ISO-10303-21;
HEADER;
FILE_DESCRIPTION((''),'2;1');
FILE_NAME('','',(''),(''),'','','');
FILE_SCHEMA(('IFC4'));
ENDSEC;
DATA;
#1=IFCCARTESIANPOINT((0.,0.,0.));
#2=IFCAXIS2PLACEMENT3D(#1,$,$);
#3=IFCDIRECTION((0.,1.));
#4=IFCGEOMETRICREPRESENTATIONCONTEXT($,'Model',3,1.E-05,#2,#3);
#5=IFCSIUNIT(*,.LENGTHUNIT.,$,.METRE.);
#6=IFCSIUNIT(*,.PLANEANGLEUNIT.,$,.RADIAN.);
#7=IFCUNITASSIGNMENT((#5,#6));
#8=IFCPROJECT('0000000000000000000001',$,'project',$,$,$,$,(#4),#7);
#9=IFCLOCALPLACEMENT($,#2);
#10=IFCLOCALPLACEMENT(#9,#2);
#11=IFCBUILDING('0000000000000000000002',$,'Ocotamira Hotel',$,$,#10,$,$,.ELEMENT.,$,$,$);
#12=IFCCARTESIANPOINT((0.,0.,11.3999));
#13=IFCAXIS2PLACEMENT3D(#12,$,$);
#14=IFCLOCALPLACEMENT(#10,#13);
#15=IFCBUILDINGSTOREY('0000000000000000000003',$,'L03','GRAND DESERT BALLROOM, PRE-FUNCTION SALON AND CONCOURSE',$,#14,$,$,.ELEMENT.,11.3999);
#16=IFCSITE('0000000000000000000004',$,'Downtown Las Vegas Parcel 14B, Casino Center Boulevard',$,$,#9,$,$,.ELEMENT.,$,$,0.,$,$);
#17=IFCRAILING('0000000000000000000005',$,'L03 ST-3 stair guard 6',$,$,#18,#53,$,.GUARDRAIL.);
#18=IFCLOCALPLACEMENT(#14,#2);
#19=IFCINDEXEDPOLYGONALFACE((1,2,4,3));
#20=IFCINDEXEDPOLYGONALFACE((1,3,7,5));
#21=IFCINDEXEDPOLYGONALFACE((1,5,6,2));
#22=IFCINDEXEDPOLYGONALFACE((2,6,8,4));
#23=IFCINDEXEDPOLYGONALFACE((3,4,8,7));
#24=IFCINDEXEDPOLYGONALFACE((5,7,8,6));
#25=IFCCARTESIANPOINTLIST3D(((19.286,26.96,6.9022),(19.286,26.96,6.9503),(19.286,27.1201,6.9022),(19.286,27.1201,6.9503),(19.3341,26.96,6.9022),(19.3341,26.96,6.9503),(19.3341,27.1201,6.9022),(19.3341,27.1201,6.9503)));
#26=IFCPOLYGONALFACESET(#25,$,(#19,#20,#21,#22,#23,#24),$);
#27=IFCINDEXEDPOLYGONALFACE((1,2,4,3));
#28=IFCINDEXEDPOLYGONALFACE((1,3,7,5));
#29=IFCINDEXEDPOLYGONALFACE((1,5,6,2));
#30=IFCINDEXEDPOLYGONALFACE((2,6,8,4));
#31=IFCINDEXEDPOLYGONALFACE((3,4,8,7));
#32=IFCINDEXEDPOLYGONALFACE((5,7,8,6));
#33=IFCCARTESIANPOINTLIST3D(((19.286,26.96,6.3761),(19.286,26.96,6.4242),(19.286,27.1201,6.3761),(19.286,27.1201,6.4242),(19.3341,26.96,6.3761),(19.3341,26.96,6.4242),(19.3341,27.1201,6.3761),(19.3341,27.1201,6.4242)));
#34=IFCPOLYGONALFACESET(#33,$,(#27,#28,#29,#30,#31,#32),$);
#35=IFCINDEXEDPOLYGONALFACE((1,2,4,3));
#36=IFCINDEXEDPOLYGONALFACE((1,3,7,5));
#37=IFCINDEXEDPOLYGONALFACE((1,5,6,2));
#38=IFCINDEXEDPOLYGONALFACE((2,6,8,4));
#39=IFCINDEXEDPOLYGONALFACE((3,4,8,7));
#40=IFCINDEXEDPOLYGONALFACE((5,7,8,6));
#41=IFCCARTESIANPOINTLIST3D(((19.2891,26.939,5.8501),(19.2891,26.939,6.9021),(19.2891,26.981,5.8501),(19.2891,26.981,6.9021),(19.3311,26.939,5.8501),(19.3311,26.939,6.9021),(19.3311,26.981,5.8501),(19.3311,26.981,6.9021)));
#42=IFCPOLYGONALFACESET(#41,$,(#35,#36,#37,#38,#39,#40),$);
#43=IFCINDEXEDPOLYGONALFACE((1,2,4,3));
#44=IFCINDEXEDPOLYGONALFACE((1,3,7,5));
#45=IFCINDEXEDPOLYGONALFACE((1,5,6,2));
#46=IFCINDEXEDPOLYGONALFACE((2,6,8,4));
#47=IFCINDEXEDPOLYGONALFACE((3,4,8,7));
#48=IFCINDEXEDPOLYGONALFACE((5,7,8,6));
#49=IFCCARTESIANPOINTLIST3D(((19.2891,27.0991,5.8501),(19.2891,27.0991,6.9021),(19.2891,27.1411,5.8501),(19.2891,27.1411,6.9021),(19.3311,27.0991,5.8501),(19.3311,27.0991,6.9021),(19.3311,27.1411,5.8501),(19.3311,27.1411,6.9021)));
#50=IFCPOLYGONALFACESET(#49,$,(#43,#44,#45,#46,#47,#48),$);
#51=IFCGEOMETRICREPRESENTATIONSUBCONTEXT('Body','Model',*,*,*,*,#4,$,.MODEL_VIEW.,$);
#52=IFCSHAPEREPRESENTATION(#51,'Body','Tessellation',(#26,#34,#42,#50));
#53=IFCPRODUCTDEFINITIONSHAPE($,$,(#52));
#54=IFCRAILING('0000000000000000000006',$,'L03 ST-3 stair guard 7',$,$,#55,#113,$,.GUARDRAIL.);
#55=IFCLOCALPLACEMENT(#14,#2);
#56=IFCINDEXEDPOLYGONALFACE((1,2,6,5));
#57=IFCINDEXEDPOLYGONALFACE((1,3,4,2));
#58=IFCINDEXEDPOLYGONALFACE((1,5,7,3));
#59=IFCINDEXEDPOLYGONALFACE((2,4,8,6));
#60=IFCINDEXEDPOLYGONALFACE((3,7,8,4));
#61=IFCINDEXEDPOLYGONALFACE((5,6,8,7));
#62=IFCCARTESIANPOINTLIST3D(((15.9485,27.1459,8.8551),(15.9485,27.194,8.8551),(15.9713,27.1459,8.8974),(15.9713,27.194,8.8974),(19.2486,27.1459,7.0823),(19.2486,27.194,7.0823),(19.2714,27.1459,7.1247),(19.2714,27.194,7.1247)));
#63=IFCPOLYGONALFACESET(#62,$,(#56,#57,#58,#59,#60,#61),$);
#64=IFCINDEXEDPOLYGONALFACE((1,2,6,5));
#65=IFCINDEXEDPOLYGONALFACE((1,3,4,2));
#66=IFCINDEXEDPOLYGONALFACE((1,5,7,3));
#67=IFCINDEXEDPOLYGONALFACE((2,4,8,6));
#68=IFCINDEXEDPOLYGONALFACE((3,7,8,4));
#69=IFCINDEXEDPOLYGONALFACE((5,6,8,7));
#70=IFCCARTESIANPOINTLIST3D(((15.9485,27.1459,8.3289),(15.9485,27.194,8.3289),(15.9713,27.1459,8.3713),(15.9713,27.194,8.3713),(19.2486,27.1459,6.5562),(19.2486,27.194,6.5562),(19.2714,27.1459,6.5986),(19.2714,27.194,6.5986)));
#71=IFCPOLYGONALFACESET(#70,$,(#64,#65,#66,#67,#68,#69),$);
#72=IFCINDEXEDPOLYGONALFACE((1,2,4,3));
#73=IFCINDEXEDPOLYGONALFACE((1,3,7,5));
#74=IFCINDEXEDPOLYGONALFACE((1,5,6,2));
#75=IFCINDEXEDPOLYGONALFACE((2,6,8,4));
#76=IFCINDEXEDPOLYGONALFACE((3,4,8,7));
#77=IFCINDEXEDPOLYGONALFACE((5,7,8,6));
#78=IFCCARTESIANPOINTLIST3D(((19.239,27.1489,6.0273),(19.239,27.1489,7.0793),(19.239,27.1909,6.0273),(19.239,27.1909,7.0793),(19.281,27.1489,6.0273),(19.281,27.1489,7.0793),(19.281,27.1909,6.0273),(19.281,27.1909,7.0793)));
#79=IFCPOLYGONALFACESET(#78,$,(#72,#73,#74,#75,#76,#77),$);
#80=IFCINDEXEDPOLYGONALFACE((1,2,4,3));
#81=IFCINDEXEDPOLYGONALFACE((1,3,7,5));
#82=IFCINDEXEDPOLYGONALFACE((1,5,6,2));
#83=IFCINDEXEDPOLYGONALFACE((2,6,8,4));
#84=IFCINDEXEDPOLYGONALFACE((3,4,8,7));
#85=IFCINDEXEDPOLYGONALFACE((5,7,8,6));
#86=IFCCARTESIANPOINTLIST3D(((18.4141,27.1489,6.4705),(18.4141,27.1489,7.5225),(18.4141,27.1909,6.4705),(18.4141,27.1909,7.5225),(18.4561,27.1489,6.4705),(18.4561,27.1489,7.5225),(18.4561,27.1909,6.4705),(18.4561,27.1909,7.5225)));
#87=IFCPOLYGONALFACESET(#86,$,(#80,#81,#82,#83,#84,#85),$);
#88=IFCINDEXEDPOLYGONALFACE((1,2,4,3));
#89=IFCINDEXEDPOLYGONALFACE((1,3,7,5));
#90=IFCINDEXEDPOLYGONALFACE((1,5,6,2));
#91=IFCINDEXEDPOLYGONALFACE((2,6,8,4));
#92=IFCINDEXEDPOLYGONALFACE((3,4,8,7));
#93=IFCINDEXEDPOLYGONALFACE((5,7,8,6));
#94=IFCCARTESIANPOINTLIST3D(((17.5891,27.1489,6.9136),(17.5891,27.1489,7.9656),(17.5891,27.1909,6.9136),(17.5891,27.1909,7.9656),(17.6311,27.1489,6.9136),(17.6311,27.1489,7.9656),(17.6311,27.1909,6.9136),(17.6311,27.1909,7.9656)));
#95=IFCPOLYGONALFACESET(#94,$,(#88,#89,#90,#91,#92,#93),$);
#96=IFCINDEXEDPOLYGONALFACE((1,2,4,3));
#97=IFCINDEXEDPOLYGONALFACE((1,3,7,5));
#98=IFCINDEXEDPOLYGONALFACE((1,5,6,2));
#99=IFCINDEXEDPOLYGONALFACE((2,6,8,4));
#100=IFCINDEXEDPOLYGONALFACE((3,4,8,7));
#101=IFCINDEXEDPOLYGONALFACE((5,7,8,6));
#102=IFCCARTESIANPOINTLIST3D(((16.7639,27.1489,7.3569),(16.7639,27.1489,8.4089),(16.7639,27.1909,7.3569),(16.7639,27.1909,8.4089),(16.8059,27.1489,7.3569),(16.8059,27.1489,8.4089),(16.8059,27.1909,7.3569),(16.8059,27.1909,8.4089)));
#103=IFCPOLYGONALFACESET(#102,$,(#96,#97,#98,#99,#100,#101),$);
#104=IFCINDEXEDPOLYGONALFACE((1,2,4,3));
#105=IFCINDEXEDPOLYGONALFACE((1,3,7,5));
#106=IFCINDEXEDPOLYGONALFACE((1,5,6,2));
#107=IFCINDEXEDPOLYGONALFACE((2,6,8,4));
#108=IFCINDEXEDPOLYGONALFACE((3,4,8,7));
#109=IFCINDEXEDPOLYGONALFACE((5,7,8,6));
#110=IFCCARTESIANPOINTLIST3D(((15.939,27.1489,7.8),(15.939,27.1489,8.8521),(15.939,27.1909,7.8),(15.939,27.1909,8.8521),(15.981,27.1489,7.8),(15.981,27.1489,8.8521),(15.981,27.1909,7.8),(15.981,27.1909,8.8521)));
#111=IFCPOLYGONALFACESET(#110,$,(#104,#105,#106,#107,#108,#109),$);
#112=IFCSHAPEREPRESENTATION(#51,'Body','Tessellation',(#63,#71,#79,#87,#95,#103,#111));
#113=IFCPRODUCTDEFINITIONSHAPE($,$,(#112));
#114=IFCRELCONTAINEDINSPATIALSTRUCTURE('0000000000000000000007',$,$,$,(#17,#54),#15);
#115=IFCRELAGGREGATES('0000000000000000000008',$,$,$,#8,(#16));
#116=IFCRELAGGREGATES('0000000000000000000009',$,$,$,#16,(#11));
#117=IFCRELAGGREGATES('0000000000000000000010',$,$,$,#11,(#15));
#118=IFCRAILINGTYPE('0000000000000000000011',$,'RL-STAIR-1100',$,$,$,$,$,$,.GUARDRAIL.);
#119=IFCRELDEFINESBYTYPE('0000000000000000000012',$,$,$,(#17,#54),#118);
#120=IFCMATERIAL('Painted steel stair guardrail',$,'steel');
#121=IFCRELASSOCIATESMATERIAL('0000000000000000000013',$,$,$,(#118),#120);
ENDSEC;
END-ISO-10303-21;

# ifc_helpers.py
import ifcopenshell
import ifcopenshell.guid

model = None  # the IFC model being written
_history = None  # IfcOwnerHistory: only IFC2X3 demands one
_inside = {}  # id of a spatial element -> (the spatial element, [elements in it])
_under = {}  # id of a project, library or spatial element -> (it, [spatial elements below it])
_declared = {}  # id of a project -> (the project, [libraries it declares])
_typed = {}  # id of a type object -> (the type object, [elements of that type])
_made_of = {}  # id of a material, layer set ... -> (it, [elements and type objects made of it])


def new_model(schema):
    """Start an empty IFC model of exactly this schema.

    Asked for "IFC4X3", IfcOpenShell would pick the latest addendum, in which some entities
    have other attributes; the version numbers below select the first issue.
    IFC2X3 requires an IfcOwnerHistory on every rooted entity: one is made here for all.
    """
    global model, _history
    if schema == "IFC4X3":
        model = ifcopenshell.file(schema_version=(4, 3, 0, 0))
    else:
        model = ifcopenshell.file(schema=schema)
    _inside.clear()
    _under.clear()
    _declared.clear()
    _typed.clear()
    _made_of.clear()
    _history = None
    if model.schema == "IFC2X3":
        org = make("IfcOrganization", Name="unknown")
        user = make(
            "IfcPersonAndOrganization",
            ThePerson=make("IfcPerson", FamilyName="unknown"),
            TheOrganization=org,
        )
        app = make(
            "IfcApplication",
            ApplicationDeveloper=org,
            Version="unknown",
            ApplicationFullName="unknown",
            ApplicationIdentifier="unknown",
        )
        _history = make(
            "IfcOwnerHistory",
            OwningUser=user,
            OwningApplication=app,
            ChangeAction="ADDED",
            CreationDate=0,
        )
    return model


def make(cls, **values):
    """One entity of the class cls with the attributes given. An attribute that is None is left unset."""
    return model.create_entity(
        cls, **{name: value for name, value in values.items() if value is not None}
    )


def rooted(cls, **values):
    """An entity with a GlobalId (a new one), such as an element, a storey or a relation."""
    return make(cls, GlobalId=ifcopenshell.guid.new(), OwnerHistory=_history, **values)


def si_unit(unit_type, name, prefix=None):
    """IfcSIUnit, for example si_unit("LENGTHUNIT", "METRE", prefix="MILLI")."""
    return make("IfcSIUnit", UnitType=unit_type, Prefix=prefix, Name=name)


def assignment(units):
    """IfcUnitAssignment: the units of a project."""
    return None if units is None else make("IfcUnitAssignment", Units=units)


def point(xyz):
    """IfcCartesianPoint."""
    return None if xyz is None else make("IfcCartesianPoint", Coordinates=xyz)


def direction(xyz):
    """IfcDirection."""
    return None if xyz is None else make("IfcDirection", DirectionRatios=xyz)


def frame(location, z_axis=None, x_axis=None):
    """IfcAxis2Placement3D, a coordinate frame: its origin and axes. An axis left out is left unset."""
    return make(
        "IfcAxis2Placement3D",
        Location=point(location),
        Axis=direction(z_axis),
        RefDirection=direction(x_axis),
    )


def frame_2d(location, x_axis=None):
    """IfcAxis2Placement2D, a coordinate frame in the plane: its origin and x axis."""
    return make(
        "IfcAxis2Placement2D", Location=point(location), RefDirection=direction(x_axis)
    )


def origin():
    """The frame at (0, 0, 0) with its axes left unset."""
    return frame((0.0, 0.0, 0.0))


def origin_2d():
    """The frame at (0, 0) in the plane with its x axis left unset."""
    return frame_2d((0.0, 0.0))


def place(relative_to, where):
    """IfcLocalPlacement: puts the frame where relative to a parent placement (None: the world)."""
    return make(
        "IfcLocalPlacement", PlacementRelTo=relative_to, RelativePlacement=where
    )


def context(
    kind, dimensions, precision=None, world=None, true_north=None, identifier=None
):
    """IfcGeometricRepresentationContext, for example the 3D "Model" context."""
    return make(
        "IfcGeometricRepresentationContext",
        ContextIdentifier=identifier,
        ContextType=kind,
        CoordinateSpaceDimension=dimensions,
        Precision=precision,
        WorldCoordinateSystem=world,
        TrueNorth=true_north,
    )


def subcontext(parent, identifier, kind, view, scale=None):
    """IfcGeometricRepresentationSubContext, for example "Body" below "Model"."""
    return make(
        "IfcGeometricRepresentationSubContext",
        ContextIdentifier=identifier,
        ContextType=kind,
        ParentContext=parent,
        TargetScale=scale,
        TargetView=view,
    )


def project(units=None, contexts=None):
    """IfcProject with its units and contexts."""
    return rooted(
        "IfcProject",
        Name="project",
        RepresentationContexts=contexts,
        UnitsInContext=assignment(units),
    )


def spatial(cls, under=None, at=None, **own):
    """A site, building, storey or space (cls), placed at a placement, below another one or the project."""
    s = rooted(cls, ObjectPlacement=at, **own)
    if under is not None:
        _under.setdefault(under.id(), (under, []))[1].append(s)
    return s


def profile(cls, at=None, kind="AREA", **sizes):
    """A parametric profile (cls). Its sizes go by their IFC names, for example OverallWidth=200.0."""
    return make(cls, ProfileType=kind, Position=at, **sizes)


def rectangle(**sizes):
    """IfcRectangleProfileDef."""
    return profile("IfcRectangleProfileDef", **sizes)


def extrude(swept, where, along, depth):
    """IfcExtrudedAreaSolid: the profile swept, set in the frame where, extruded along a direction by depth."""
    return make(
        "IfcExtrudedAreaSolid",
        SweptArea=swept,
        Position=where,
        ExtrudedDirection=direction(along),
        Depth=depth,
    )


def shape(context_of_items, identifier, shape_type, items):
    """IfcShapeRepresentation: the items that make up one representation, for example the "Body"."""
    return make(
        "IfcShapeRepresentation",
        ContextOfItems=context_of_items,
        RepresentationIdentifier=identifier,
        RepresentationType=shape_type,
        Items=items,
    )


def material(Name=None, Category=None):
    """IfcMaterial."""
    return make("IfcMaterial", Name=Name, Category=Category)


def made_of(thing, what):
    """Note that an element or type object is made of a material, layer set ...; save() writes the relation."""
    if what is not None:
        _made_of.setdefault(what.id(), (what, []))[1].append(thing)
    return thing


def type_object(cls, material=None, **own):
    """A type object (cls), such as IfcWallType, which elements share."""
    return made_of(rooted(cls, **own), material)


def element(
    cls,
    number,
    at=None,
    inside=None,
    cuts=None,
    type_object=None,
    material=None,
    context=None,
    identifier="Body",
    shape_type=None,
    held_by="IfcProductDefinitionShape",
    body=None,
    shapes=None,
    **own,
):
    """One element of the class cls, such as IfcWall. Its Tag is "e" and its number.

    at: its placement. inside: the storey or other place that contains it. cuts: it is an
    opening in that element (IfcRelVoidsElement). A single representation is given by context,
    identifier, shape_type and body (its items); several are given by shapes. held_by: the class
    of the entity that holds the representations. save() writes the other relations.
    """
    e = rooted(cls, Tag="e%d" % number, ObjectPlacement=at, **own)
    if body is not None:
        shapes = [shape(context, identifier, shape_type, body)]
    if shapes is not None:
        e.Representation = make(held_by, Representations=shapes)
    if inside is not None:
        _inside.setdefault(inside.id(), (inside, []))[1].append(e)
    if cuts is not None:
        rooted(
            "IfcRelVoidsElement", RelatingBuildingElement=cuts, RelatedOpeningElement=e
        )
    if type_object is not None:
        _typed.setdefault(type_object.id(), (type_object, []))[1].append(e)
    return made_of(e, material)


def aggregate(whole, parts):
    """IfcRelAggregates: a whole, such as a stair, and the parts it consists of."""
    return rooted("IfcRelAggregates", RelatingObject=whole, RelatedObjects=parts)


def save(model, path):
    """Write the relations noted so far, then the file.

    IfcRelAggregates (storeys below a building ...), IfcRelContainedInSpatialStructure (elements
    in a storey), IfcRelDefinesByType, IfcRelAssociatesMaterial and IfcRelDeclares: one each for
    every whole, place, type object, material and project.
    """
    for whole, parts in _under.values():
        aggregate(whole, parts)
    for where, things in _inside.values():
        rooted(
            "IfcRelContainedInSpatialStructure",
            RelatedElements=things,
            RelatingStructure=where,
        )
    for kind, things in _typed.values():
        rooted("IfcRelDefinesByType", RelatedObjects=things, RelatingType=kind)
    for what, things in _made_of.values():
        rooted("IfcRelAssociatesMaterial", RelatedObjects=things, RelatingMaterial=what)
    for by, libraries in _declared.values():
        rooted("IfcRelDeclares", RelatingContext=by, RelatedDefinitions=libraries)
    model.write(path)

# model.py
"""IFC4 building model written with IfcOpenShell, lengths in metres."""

from ifc_helpers import new_model, si_unit, direction, frame, origin, origin_2d, place, context, subcontext, project, spatial, rectangle, extrude, material, type_object, element, save


model = new_model("IFC4")

# Units and contexts
model_context = context("Model", 3, precision=1e-05, world=origin(), true_north=direction((0.0, 1.0)))
body_context = subcontext(model_context, "Body", "Model", "MODEL_VIEW")
ifc_project = project(units=[si_unit("LENGTHUNIT", "METRE"), si_unit("PLANEANGLEUNIT", "RADIAN")], contexts=[model_context])

# Site, building, storey
site_placement = place(None, origin())
site = spatial("IfcSite", under=ifc_project, at=site_placement, Name="Downtown Las Vegas Parcel 14B, Casino Center Boulevard", CompositionType="ELEMENT", RefElevation=0.0)
building_placement = place(site_placement, origin())
building = spatial("IfcBuilding", under=site, at=building_placement, Name="Ocotamira Hotel", CompositionType="ELEMENT")
storey_placement = place(building_placement, frame((0.0, 0.0, 11.3999)))
storey = spatial("IfcBuildingStorey", under=building, at=storey_placement, Name="L03", Description="GRAND DESERT BALLROOM, PRE-FUNCTION SALON AND CONCOURSE", CompositionType="ELEMENT", Elevation=11.3999)

# Railings
ifc_material_1 = material(Name="Painted steel stair guardrail", Category="steel")
railing_type_1 = type_object("IfcRailingType", Name="RL-STAIR-1100", PredefinedType="GUARDRAIL", material=ifc_material_1)
railing_1_placement = place(storey_placement, frame((19.3101, 26.96, 5.8501)))
element("IfcRailing", 1, at=railing_1_placement, inside=storey, type_object=railing_type_1, Name="L03 ST-3 stair guard 6", PredefinedType="GUARDRAIL", context=body_context, shape_type="SweptSolid", body=[
    extrude(rectangle(XDim=0.0481, YDim=0.0481, at=origin_2d()), frame((0.0, 0.0, 1.0762), z_axis=(0.0, 1.0, 0.0), x_axis=(-1.0, 0.0, 0.0)), (0.0, 0.0, 1.0), 0.1602),
    extrude(rectangle(XDim=0.0481, YDim=0.0481, at=origin_2d()), frame((0.0, 0.0, 0.55), z_axis=(0.0, 1.0, 0.0), x_axis=(-1.0, 0.0, 0.0)), (0.0, 0.0, 1.0), 0.1602),
    extrude(rectangle(XDim=0.042, YDim=0.042, at=origin_2d()), origin(), (0.0, 0.0, 1.0), 1.052),
    extrude(rectangle(XDim=0.042, YDim=0.042, at=origin_2d()), frame((0.0, 0.1602, 0.0)), (0.0, 0.0, 1.0), 1.052),
])
railing_2_placement = place(storey_placement, frame((19.26, 27.1699, 6.0273)))
element("IfcRailing", 2, at=railing_2_placement, inside=storey, type_object=railing_type_1, Name="L03 ST-3 stair guard 7", PredefinedType="GUARDRAIL", context=body_context, shape_type="SweptSolid", body=[
    extrude(rectangle(XDim=0.0481, YDim=0.0481, at=origin_2d()), frame((0.0, 0.0, 1.0762), z_axis=(-0.880944, 0.0, 0.473221), x_axis=(0.0, -1.0, 0.0)), (0.0, 0.0, 1.0), 3.7461),
    extrude(rectangle(XDim=0.0481, YDim=0.0481, at=origin_2d()), frame((0.0, 0.0, 0.55), z_axis=(-0.880944, 0.0, 0.473221), x_axis=(0.0, -1.0, 0.0)), (0.0, 0.0, 1.0), 3.7461),
    extrude(rectangle(XDim=0.042, YDim=0.042, at=origin_2d()), origin(), (0.0, 0.0, 1.0), 1.052),
    extrude(rectangle(XDim=0.042, YDim=0.042, at=origin_2d()), frame((-0.825, 0.0, 0.4431)), (0.0, 0.0, 1.0), 1.052),
    extrude(rectangle(XDim=0.042, YDim=0.042, at=origin_2d()), frame((-1.6499, 0.0, 0.8862)), (0.0, 0.0, 1.0), 1.052),
    extrude(rectangle(XDim=0.042, YDim=0.042, at=origin_2d()), frame((-2.4751, 0.0, 1.3296)), (0.0, 0.0, 1.0), 1.052),
    extrude(rectangle(XDim=0.042, YDim=0.042, at=origin_2d()), frame((-3.3, 0.0, 1.7727)), (0.0, 0.0, 1.0), 1.052),
])

save(model, "model.ifc")
